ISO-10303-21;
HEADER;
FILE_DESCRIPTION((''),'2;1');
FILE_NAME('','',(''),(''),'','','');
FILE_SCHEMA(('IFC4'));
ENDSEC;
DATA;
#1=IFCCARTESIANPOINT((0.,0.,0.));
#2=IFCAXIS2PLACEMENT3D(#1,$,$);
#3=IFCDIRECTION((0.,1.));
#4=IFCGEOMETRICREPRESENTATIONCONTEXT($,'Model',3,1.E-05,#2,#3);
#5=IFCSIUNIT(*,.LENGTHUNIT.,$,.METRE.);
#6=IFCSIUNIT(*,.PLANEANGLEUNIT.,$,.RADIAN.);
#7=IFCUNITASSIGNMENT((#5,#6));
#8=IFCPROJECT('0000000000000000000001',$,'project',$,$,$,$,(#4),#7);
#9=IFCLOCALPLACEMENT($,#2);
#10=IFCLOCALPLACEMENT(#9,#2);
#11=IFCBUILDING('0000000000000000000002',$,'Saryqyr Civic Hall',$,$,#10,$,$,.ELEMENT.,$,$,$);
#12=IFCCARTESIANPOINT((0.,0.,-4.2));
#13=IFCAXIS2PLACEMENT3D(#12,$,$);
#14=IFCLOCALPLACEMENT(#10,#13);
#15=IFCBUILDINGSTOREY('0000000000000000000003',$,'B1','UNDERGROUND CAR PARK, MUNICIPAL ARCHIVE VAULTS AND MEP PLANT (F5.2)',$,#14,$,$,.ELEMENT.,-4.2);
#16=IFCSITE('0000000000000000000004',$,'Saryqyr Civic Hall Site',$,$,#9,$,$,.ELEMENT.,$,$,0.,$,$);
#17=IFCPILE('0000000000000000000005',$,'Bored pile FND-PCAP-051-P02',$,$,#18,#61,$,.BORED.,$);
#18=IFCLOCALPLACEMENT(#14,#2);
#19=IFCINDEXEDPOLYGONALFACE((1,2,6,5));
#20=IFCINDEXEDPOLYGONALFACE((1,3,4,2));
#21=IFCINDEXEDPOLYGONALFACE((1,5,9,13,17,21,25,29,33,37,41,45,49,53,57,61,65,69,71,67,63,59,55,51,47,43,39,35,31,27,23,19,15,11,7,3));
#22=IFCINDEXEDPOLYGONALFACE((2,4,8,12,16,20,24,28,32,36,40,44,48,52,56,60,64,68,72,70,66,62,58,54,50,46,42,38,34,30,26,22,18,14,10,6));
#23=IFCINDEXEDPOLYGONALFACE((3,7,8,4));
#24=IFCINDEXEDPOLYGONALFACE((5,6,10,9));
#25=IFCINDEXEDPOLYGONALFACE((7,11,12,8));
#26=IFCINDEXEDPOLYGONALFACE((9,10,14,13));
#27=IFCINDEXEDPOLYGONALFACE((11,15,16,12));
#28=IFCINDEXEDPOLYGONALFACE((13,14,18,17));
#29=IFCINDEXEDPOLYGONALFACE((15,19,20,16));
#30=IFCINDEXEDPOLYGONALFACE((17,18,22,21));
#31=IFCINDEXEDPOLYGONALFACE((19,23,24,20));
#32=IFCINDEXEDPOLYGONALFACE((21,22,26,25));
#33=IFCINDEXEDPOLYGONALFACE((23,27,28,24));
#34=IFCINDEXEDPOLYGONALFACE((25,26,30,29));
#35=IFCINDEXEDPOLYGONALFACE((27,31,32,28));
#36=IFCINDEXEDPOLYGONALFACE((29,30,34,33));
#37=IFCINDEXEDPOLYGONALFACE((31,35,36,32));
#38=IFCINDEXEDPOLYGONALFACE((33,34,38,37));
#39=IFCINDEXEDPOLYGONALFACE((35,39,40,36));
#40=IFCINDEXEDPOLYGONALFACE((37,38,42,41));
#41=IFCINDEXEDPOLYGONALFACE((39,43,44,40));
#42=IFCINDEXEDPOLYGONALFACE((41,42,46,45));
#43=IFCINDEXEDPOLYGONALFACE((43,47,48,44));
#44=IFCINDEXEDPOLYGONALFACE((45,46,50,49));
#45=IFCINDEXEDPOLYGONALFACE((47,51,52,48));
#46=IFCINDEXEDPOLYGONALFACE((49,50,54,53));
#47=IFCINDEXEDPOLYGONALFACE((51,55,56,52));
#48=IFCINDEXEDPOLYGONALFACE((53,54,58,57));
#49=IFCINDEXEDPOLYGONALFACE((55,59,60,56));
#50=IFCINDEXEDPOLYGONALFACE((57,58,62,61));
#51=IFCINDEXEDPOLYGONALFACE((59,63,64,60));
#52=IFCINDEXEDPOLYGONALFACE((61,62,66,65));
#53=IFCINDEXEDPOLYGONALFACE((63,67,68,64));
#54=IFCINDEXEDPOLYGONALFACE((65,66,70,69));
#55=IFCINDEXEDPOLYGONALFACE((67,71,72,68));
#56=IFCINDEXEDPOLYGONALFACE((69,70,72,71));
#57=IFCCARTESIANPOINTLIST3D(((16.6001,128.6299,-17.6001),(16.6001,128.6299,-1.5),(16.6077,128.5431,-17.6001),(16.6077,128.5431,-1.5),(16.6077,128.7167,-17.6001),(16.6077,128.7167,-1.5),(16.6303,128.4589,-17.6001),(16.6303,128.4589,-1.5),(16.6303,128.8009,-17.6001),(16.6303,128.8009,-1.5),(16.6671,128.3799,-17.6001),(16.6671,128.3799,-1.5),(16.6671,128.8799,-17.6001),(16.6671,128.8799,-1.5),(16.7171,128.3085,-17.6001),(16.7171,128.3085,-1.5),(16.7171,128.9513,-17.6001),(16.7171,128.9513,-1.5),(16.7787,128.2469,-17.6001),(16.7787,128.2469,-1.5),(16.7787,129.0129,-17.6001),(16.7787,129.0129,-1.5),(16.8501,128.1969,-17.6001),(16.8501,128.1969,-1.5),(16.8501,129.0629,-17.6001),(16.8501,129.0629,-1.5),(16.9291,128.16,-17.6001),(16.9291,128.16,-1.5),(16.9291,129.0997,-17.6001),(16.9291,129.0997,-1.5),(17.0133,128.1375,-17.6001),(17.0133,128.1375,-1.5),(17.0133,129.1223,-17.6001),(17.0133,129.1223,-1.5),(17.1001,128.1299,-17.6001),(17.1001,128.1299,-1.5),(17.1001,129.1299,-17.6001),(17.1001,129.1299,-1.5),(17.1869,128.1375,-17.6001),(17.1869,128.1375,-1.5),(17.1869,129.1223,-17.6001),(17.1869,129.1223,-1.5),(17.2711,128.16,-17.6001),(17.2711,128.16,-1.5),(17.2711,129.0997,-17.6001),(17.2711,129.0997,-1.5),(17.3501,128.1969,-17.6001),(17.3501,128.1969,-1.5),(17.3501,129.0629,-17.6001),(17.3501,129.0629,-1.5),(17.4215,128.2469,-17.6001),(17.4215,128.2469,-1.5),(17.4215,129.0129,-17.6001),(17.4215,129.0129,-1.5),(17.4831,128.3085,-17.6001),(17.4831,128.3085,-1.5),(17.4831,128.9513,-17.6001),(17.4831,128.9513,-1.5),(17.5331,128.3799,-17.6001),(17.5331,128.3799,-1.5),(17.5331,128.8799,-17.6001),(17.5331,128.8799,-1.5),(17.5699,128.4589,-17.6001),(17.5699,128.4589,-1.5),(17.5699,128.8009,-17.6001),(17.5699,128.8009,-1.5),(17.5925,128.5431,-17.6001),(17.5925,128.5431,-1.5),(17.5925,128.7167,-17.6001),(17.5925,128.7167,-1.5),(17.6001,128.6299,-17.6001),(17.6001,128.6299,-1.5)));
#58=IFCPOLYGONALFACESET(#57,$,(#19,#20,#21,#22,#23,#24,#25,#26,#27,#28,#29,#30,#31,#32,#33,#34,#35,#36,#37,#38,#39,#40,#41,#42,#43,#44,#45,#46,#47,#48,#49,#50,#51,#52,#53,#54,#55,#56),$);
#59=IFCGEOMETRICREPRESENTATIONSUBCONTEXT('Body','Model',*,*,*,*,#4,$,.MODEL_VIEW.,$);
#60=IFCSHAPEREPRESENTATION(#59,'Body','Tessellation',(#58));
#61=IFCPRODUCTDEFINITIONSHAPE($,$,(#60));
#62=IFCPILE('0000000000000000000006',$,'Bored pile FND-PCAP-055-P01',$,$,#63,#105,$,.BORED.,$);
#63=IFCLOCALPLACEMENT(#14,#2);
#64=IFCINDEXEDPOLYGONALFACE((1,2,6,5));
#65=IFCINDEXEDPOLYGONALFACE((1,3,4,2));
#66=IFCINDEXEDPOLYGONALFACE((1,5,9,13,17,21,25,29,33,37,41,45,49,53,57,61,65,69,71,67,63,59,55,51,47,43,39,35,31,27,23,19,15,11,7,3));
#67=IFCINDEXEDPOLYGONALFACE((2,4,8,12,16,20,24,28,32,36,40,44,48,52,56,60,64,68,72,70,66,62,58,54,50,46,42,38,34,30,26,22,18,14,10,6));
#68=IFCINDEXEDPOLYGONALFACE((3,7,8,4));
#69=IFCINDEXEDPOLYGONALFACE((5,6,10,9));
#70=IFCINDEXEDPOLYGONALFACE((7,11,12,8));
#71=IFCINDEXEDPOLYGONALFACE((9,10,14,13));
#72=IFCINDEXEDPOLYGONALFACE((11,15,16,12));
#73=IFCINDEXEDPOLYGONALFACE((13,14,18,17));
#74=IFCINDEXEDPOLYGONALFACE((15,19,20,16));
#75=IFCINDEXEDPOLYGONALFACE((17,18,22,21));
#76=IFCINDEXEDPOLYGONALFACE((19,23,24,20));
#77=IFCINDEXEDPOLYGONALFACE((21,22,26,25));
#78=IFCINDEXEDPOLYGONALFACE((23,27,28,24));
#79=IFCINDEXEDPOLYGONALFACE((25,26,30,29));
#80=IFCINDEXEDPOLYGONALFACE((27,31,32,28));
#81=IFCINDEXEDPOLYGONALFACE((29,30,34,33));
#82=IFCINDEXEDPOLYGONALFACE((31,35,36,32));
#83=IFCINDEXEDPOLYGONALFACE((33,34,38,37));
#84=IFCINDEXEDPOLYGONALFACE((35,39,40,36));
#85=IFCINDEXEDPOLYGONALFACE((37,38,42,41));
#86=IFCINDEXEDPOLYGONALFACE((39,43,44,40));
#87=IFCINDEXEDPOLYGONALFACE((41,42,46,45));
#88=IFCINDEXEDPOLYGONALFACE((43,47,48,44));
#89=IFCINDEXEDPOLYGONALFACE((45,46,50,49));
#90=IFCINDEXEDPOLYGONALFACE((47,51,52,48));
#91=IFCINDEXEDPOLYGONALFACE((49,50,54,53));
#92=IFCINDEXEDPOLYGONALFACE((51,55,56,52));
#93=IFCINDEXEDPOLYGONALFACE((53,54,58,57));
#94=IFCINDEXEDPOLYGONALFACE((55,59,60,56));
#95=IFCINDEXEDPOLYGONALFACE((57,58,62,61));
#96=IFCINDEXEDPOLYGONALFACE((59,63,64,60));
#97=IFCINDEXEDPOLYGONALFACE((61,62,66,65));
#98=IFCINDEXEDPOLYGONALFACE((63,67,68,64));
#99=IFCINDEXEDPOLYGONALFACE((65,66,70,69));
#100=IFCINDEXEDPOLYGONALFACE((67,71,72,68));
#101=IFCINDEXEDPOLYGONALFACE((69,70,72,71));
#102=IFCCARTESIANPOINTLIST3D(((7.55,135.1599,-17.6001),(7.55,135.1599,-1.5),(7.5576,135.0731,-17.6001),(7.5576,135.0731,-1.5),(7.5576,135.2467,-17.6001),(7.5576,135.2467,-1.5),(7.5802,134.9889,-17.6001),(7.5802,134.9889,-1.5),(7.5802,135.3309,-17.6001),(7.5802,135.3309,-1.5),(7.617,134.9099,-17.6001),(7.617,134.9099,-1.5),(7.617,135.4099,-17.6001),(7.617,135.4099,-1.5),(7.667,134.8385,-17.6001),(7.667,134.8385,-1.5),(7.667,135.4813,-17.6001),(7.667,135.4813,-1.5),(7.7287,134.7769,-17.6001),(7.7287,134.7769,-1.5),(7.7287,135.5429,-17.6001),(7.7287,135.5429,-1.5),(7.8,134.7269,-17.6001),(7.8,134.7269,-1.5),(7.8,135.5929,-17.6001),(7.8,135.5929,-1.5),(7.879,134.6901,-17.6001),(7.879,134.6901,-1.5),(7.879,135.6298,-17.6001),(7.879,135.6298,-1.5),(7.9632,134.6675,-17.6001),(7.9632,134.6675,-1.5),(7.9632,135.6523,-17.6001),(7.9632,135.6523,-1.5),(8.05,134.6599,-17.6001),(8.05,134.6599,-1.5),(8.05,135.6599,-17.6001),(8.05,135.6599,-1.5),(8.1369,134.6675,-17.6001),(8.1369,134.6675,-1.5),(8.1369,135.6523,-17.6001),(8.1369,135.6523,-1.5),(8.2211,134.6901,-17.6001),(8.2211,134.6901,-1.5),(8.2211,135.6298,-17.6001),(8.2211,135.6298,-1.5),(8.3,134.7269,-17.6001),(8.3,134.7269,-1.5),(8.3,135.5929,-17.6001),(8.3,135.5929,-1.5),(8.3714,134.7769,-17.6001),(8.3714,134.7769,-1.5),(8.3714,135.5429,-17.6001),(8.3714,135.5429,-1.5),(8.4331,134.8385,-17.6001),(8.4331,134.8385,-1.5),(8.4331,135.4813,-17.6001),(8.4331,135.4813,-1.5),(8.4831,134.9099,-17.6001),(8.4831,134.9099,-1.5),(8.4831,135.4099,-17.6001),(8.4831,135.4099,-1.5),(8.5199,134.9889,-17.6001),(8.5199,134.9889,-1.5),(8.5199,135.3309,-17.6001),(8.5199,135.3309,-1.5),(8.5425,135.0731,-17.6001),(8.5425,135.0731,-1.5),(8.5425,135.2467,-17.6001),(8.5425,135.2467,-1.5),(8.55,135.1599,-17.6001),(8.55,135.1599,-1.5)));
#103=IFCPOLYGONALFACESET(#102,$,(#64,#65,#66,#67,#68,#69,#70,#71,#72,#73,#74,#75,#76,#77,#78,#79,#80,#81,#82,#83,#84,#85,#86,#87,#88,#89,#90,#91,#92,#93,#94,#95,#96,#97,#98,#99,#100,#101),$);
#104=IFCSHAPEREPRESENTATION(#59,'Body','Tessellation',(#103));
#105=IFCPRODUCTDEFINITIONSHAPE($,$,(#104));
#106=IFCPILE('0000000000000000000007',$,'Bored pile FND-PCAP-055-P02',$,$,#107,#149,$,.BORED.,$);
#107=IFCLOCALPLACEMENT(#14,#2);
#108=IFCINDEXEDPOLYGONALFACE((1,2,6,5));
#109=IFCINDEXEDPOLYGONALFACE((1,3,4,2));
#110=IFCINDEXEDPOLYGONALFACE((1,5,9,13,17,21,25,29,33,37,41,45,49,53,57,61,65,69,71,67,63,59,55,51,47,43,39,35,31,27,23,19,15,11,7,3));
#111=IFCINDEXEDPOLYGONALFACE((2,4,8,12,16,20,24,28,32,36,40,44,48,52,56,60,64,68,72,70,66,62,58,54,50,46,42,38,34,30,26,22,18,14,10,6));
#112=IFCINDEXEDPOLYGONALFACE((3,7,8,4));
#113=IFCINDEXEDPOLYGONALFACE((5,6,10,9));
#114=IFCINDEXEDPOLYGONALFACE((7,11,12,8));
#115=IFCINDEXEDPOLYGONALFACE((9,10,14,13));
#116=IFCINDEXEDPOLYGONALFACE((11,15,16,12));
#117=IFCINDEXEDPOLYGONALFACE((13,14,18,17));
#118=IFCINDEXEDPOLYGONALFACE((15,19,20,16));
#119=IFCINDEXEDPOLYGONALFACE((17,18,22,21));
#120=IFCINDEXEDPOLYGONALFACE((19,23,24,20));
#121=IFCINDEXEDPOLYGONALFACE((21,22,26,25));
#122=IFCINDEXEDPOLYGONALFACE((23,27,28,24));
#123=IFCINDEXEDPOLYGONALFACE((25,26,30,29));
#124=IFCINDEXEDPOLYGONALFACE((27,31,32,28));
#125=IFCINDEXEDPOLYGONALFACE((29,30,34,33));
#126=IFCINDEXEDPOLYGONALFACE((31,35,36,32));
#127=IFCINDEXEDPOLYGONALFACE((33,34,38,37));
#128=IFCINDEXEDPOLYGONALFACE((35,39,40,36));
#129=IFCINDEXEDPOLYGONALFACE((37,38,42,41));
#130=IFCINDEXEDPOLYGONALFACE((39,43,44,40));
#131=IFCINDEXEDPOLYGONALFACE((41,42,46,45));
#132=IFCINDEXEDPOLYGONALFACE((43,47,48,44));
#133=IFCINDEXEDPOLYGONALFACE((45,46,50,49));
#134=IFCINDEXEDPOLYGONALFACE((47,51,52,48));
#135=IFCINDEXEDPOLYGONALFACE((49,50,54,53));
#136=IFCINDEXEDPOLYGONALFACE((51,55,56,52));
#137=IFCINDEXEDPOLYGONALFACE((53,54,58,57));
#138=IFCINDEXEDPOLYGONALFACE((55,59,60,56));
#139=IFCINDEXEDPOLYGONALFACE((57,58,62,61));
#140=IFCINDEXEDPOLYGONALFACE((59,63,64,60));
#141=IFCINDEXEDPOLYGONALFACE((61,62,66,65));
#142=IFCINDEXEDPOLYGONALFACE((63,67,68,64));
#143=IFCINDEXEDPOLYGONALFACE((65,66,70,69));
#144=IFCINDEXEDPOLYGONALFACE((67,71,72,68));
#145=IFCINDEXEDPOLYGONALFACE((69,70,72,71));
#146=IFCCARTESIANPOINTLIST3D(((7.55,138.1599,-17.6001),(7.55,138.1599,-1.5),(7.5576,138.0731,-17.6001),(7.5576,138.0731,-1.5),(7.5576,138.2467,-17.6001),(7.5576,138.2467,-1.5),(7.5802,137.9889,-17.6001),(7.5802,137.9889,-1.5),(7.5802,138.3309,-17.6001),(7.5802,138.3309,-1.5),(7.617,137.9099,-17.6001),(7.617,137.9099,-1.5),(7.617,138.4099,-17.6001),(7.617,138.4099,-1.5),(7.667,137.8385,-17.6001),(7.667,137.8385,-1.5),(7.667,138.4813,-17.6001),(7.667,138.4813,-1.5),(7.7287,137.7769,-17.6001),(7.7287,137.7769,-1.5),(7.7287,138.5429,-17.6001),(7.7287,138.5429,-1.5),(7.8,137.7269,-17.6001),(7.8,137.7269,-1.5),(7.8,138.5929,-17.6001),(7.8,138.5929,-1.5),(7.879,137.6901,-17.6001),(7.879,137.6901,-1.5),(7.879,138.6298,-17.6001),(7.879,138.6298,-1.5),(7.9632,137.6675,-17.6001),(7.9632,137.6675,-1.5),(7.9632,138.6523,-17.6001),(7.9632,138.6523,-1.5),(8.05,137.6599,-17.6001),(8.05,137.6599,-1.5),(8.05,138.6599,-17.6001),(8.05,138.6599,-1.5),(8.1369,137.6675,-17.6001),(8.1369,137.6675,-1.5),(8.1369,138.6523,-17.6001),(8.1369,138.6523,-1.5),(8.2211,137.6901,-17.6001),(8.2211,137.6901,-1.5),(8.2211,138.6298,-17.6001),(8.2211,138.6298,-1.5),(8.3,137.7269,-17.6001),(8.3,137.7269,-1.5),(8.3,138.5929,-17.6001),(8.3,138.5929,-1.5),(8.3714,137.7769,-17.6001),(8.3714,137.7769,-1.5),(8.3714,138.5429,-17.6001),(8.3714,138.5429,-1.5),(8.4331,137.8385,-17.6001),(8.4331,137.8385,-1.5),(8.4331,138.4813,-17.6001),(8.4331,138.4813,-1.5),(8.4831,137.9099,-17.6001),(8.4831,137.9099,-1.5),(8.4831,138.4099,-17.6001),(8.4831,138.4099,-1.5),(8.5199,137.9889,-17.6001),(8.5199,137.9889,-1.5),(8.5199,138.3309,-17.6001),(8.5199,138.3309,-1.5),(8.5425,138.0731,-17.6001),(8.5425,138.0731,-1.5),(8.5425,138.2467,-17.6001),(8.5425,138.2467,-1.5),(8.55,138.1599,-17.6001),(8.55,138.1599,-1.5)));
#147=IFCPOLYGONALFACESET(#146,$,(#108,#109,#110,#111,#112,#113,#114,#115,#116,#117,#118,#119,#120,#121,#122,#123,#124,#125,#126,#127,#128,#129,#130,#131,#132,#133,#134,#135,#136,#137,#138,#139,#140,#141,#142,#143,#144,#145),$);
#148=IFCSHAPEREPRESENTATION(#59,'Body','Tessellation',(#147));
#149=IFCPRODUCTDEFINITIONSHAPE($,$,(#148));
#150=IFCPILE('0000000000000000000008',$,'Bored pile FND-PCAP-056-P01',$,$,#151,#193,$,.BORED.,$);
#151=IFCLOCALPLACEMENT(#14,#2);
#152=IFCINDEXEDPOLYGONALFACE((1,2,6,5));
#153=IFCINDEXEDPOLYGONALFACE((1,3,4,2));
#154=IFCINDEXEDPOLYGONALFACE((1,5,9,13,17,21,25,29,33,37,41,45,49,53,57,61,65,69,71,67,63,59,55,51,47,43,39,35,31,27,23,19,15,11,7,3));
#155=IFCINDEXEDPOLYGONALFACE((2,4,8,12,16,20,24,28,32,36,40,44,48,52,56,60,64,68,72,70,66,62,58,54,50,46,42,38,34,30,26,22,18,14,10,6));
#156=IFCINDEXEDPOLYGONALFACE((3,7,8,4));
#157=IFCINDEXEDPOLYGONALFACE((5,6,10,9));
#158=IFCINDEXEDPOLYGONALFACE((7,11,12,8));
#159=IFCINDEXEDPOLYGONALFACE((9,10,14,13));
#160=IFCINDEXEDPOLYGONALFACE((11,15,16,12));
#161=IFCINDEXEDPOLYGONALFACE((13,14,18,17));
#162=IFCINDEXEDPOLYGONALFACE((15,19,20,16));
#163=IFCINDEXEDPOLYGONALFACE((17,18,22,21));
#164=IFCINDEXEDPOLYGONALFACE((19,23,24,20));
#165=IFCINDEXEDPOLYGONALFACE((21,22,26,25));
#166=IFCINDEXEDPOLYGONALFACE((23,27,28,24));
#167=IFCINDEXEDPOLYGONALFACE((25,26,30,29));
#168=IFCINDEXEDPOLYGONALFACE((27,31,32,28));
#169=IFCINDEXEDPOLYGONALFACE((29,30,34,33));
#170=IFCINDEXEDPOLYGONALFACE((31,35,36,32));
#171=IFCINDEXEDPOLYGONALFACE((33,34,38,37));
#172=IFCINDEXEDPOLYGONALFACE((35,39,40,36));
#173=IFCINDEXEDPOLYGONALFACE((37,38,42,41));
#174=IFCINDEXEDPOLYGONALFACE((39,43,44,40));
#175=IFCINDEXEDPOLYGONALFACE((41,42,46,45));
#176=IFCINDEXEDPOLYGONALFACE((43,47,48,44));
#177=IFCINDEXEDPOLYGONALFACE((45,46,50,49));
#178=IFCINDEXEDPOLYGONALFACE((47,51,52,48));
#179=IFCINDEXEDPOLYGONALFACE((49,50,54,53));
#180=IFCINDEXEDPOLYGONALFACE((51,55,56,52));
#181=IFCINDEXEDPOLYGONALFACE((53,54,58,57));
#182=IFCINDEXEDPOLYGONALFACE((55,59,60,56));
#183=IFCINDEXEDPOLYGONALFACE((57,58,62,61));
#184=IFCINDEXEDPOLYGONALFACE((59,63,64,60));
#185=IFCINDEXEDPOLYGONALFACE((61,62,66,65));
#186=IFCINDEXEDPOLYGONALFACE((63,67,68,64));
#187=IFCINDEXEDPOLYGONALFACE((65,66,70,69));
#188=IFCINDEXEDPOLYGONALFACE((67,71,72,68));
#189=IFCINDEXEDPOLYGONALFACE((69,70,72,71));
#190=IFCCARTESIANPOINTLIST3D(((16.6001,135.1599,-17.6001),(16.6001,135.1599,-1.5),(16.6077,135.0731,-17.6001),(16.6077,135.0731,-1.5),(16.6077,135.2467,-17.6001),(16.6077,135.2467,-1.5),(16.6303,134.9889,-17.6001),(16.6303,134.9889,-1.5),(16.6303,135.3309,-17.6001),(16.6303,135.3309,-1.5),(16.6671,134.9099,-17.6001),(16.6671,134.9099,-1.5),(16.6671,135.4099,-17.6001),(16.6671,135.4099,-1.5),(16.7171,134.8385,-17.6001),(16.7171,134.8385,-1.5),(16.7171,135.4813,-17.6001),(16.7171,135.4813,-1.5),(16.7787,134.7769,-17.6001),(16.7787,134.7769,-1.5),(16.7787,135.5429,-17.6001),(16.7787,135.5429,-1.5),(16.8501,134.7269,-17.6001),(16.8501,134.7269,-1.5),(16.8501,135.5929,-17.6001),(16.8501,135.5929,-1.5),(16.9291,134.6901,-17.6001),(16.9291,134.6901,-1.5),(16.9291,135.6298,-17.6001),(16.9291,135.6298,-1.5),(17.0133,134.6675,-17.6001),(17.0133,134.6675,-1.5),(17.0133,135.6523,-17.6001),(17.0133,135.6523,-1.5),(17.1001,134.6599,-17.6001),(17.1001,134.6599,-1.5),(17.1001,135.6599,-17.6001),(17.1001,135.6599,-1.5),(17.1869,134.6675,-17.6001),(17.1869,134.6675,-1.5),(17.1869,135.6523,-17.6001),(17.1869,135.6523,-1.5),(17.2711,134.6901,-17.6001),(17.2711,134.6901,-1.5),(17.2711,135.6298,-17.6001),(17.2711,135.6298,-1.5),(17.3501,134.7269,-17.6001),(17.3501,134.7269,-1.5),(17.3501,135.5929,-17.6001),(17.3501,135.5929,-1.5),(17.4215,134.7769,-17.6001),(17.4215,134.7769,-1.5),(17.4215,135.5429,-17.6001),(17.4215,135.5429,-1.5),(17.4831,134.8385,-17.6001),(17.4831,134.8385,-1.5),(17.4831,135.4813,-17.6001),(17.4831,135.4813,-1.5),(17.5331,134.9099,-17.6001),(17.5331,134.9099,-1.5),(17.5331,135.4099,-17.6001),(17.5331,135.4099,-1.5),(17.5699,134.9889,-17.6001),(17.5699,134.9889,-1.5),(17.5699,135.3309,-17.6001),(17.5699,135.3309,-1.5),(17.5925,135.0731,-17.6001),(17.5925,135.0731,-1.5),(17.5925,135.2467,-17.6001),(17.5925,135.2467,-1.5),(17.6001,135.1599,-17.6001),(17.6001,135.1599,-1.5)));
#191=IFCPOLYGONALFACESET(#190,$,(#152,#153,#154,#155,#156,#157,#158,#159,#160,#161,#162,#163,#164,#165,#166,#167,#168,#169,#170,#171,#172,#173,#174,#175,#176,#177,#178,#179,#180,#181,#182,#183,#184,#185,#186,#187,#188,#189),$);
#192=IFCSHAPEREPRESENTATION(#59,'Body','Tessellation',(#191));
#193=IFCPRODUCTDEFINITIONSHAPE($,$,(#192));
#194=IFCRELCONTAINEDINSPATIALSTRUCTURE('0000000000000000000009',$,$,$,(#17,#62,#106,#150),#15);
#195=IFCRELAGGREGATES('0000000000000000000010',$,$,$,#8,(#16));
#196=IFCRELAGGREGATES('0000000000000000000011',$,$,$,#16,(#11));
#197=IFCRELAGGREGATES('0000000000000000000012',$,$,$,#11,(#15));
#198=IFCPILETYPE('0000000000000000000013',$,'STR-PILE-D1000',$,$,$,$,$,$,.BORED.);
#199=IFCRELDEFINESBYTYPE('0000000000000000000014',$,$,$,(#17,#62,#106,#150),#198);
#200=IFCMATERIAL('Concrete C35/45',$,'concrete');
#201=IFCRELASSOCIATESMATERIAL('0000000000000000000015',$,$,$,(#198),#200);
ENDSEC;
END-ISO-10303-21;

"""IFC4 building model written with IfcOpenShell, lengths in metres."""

from ifc_helpers import new_model, si_unit, direction, frame, origin, origin_2d, place, context, subcontext, project, spatial, circle, extrude, material, material_profile, profile_set, type_object, element, save


model = new_model("IFC4")

# Units and contexts
model_context = context("Model", 3, precision=1e-05, world=origin(), true_north=direction((0.0, 1.0)))
body_context = subcontext(model_context, "Body", "Model", "MODEL_VIEW")
ifc_project = project(units=[si_unit("LENGTHUNIT", "METRE"), si_unit("PLANEANGLEUNIT", "RADIAN")], contexts=[model_context])

# Site, building, storey
site_placement = place(None, origin())
site = spatial("IfcSite", under=ifc_project, at=site_placement, Name="Saryqyr Civic Hall Site", CompositionType="ELEMENT", RefElevation=0.0)
building_placement = place(site_placement, origin())
building = spatial("IfcBuilding", under=site, at=building_placement, Name="Saryqyr Civic Hall", CompositionType="ELEMENT")
storey_placement = place(building_placement, frame((0.0, 0.0, -4.2)))
storey = spatial("IfcBuildingStorey", under=building, at=storey_placement, Name="B1", Description="UNDERGROUND CAR PARK, MUNICIPAL ARCHIVE VAULTS AND MEP PLANT (F5.2)", CompositionType="ELEMENT", Elevation=-4.2)

# Shared definitions
ifc_material_1 = material(Name="Concrete C35/45", Category="concrete")

# Piles
ifc_material_profile_1 = material_profile(ifc_material_1, circle(Radius=0.5, at=origin_2d()), Name="BORED PILE D1000")
ifc_profile_set_1 = profile_set([ifc_material_profile_1], Name="Concrete C35/45")
pile_type = type_object("IfcPileType", Name="STR-PILE-D1000", PredefinedType="BORED", material=ifc_profile_set_1)
for number, where, z_axis, x_axis, name in (
    (1, (17.1001, 128.6299, -1.5), (0.0, 0.0, -1.0), (1.0, 0.0, 0.0), "Bored pile FND-PCAP-051-P02"),
    (2, (8.05, 135.1599, -1.5), (0.0, 0.0, -1.0), (1.0, 0.0, 0.0), "Bored pile FND-PCAP-055-P01"),
    (3, (8.05, 138.1599, -1.5), (0.0, 0.0, -1.0), (1.0, 0.0, 0.0), "Bored pile FND-PCAP-055-P02"),
    (4, (17.1001, 135.1599, -1.5), (0.0, 0.0, -1.0), (1.0, 0.0, 0.0), "Bored pile FND-PCAP-056-P01"),
):
    element("IfcPile", number, at=place(storey_placement, frame(where, z_axis=z_axis, x_axis=x_axis)), inside=storey, type_object=pile_type, Name=name, PredefinedType="BORED", context=body_context, shape_type="SweptSolid", body=[
        extrude(circle(Radius=0.5, at=origin_2d()), origin(), (0.0, 0.0, 1.0), 16.1001),
    ])

save(model, "model.ifc")
